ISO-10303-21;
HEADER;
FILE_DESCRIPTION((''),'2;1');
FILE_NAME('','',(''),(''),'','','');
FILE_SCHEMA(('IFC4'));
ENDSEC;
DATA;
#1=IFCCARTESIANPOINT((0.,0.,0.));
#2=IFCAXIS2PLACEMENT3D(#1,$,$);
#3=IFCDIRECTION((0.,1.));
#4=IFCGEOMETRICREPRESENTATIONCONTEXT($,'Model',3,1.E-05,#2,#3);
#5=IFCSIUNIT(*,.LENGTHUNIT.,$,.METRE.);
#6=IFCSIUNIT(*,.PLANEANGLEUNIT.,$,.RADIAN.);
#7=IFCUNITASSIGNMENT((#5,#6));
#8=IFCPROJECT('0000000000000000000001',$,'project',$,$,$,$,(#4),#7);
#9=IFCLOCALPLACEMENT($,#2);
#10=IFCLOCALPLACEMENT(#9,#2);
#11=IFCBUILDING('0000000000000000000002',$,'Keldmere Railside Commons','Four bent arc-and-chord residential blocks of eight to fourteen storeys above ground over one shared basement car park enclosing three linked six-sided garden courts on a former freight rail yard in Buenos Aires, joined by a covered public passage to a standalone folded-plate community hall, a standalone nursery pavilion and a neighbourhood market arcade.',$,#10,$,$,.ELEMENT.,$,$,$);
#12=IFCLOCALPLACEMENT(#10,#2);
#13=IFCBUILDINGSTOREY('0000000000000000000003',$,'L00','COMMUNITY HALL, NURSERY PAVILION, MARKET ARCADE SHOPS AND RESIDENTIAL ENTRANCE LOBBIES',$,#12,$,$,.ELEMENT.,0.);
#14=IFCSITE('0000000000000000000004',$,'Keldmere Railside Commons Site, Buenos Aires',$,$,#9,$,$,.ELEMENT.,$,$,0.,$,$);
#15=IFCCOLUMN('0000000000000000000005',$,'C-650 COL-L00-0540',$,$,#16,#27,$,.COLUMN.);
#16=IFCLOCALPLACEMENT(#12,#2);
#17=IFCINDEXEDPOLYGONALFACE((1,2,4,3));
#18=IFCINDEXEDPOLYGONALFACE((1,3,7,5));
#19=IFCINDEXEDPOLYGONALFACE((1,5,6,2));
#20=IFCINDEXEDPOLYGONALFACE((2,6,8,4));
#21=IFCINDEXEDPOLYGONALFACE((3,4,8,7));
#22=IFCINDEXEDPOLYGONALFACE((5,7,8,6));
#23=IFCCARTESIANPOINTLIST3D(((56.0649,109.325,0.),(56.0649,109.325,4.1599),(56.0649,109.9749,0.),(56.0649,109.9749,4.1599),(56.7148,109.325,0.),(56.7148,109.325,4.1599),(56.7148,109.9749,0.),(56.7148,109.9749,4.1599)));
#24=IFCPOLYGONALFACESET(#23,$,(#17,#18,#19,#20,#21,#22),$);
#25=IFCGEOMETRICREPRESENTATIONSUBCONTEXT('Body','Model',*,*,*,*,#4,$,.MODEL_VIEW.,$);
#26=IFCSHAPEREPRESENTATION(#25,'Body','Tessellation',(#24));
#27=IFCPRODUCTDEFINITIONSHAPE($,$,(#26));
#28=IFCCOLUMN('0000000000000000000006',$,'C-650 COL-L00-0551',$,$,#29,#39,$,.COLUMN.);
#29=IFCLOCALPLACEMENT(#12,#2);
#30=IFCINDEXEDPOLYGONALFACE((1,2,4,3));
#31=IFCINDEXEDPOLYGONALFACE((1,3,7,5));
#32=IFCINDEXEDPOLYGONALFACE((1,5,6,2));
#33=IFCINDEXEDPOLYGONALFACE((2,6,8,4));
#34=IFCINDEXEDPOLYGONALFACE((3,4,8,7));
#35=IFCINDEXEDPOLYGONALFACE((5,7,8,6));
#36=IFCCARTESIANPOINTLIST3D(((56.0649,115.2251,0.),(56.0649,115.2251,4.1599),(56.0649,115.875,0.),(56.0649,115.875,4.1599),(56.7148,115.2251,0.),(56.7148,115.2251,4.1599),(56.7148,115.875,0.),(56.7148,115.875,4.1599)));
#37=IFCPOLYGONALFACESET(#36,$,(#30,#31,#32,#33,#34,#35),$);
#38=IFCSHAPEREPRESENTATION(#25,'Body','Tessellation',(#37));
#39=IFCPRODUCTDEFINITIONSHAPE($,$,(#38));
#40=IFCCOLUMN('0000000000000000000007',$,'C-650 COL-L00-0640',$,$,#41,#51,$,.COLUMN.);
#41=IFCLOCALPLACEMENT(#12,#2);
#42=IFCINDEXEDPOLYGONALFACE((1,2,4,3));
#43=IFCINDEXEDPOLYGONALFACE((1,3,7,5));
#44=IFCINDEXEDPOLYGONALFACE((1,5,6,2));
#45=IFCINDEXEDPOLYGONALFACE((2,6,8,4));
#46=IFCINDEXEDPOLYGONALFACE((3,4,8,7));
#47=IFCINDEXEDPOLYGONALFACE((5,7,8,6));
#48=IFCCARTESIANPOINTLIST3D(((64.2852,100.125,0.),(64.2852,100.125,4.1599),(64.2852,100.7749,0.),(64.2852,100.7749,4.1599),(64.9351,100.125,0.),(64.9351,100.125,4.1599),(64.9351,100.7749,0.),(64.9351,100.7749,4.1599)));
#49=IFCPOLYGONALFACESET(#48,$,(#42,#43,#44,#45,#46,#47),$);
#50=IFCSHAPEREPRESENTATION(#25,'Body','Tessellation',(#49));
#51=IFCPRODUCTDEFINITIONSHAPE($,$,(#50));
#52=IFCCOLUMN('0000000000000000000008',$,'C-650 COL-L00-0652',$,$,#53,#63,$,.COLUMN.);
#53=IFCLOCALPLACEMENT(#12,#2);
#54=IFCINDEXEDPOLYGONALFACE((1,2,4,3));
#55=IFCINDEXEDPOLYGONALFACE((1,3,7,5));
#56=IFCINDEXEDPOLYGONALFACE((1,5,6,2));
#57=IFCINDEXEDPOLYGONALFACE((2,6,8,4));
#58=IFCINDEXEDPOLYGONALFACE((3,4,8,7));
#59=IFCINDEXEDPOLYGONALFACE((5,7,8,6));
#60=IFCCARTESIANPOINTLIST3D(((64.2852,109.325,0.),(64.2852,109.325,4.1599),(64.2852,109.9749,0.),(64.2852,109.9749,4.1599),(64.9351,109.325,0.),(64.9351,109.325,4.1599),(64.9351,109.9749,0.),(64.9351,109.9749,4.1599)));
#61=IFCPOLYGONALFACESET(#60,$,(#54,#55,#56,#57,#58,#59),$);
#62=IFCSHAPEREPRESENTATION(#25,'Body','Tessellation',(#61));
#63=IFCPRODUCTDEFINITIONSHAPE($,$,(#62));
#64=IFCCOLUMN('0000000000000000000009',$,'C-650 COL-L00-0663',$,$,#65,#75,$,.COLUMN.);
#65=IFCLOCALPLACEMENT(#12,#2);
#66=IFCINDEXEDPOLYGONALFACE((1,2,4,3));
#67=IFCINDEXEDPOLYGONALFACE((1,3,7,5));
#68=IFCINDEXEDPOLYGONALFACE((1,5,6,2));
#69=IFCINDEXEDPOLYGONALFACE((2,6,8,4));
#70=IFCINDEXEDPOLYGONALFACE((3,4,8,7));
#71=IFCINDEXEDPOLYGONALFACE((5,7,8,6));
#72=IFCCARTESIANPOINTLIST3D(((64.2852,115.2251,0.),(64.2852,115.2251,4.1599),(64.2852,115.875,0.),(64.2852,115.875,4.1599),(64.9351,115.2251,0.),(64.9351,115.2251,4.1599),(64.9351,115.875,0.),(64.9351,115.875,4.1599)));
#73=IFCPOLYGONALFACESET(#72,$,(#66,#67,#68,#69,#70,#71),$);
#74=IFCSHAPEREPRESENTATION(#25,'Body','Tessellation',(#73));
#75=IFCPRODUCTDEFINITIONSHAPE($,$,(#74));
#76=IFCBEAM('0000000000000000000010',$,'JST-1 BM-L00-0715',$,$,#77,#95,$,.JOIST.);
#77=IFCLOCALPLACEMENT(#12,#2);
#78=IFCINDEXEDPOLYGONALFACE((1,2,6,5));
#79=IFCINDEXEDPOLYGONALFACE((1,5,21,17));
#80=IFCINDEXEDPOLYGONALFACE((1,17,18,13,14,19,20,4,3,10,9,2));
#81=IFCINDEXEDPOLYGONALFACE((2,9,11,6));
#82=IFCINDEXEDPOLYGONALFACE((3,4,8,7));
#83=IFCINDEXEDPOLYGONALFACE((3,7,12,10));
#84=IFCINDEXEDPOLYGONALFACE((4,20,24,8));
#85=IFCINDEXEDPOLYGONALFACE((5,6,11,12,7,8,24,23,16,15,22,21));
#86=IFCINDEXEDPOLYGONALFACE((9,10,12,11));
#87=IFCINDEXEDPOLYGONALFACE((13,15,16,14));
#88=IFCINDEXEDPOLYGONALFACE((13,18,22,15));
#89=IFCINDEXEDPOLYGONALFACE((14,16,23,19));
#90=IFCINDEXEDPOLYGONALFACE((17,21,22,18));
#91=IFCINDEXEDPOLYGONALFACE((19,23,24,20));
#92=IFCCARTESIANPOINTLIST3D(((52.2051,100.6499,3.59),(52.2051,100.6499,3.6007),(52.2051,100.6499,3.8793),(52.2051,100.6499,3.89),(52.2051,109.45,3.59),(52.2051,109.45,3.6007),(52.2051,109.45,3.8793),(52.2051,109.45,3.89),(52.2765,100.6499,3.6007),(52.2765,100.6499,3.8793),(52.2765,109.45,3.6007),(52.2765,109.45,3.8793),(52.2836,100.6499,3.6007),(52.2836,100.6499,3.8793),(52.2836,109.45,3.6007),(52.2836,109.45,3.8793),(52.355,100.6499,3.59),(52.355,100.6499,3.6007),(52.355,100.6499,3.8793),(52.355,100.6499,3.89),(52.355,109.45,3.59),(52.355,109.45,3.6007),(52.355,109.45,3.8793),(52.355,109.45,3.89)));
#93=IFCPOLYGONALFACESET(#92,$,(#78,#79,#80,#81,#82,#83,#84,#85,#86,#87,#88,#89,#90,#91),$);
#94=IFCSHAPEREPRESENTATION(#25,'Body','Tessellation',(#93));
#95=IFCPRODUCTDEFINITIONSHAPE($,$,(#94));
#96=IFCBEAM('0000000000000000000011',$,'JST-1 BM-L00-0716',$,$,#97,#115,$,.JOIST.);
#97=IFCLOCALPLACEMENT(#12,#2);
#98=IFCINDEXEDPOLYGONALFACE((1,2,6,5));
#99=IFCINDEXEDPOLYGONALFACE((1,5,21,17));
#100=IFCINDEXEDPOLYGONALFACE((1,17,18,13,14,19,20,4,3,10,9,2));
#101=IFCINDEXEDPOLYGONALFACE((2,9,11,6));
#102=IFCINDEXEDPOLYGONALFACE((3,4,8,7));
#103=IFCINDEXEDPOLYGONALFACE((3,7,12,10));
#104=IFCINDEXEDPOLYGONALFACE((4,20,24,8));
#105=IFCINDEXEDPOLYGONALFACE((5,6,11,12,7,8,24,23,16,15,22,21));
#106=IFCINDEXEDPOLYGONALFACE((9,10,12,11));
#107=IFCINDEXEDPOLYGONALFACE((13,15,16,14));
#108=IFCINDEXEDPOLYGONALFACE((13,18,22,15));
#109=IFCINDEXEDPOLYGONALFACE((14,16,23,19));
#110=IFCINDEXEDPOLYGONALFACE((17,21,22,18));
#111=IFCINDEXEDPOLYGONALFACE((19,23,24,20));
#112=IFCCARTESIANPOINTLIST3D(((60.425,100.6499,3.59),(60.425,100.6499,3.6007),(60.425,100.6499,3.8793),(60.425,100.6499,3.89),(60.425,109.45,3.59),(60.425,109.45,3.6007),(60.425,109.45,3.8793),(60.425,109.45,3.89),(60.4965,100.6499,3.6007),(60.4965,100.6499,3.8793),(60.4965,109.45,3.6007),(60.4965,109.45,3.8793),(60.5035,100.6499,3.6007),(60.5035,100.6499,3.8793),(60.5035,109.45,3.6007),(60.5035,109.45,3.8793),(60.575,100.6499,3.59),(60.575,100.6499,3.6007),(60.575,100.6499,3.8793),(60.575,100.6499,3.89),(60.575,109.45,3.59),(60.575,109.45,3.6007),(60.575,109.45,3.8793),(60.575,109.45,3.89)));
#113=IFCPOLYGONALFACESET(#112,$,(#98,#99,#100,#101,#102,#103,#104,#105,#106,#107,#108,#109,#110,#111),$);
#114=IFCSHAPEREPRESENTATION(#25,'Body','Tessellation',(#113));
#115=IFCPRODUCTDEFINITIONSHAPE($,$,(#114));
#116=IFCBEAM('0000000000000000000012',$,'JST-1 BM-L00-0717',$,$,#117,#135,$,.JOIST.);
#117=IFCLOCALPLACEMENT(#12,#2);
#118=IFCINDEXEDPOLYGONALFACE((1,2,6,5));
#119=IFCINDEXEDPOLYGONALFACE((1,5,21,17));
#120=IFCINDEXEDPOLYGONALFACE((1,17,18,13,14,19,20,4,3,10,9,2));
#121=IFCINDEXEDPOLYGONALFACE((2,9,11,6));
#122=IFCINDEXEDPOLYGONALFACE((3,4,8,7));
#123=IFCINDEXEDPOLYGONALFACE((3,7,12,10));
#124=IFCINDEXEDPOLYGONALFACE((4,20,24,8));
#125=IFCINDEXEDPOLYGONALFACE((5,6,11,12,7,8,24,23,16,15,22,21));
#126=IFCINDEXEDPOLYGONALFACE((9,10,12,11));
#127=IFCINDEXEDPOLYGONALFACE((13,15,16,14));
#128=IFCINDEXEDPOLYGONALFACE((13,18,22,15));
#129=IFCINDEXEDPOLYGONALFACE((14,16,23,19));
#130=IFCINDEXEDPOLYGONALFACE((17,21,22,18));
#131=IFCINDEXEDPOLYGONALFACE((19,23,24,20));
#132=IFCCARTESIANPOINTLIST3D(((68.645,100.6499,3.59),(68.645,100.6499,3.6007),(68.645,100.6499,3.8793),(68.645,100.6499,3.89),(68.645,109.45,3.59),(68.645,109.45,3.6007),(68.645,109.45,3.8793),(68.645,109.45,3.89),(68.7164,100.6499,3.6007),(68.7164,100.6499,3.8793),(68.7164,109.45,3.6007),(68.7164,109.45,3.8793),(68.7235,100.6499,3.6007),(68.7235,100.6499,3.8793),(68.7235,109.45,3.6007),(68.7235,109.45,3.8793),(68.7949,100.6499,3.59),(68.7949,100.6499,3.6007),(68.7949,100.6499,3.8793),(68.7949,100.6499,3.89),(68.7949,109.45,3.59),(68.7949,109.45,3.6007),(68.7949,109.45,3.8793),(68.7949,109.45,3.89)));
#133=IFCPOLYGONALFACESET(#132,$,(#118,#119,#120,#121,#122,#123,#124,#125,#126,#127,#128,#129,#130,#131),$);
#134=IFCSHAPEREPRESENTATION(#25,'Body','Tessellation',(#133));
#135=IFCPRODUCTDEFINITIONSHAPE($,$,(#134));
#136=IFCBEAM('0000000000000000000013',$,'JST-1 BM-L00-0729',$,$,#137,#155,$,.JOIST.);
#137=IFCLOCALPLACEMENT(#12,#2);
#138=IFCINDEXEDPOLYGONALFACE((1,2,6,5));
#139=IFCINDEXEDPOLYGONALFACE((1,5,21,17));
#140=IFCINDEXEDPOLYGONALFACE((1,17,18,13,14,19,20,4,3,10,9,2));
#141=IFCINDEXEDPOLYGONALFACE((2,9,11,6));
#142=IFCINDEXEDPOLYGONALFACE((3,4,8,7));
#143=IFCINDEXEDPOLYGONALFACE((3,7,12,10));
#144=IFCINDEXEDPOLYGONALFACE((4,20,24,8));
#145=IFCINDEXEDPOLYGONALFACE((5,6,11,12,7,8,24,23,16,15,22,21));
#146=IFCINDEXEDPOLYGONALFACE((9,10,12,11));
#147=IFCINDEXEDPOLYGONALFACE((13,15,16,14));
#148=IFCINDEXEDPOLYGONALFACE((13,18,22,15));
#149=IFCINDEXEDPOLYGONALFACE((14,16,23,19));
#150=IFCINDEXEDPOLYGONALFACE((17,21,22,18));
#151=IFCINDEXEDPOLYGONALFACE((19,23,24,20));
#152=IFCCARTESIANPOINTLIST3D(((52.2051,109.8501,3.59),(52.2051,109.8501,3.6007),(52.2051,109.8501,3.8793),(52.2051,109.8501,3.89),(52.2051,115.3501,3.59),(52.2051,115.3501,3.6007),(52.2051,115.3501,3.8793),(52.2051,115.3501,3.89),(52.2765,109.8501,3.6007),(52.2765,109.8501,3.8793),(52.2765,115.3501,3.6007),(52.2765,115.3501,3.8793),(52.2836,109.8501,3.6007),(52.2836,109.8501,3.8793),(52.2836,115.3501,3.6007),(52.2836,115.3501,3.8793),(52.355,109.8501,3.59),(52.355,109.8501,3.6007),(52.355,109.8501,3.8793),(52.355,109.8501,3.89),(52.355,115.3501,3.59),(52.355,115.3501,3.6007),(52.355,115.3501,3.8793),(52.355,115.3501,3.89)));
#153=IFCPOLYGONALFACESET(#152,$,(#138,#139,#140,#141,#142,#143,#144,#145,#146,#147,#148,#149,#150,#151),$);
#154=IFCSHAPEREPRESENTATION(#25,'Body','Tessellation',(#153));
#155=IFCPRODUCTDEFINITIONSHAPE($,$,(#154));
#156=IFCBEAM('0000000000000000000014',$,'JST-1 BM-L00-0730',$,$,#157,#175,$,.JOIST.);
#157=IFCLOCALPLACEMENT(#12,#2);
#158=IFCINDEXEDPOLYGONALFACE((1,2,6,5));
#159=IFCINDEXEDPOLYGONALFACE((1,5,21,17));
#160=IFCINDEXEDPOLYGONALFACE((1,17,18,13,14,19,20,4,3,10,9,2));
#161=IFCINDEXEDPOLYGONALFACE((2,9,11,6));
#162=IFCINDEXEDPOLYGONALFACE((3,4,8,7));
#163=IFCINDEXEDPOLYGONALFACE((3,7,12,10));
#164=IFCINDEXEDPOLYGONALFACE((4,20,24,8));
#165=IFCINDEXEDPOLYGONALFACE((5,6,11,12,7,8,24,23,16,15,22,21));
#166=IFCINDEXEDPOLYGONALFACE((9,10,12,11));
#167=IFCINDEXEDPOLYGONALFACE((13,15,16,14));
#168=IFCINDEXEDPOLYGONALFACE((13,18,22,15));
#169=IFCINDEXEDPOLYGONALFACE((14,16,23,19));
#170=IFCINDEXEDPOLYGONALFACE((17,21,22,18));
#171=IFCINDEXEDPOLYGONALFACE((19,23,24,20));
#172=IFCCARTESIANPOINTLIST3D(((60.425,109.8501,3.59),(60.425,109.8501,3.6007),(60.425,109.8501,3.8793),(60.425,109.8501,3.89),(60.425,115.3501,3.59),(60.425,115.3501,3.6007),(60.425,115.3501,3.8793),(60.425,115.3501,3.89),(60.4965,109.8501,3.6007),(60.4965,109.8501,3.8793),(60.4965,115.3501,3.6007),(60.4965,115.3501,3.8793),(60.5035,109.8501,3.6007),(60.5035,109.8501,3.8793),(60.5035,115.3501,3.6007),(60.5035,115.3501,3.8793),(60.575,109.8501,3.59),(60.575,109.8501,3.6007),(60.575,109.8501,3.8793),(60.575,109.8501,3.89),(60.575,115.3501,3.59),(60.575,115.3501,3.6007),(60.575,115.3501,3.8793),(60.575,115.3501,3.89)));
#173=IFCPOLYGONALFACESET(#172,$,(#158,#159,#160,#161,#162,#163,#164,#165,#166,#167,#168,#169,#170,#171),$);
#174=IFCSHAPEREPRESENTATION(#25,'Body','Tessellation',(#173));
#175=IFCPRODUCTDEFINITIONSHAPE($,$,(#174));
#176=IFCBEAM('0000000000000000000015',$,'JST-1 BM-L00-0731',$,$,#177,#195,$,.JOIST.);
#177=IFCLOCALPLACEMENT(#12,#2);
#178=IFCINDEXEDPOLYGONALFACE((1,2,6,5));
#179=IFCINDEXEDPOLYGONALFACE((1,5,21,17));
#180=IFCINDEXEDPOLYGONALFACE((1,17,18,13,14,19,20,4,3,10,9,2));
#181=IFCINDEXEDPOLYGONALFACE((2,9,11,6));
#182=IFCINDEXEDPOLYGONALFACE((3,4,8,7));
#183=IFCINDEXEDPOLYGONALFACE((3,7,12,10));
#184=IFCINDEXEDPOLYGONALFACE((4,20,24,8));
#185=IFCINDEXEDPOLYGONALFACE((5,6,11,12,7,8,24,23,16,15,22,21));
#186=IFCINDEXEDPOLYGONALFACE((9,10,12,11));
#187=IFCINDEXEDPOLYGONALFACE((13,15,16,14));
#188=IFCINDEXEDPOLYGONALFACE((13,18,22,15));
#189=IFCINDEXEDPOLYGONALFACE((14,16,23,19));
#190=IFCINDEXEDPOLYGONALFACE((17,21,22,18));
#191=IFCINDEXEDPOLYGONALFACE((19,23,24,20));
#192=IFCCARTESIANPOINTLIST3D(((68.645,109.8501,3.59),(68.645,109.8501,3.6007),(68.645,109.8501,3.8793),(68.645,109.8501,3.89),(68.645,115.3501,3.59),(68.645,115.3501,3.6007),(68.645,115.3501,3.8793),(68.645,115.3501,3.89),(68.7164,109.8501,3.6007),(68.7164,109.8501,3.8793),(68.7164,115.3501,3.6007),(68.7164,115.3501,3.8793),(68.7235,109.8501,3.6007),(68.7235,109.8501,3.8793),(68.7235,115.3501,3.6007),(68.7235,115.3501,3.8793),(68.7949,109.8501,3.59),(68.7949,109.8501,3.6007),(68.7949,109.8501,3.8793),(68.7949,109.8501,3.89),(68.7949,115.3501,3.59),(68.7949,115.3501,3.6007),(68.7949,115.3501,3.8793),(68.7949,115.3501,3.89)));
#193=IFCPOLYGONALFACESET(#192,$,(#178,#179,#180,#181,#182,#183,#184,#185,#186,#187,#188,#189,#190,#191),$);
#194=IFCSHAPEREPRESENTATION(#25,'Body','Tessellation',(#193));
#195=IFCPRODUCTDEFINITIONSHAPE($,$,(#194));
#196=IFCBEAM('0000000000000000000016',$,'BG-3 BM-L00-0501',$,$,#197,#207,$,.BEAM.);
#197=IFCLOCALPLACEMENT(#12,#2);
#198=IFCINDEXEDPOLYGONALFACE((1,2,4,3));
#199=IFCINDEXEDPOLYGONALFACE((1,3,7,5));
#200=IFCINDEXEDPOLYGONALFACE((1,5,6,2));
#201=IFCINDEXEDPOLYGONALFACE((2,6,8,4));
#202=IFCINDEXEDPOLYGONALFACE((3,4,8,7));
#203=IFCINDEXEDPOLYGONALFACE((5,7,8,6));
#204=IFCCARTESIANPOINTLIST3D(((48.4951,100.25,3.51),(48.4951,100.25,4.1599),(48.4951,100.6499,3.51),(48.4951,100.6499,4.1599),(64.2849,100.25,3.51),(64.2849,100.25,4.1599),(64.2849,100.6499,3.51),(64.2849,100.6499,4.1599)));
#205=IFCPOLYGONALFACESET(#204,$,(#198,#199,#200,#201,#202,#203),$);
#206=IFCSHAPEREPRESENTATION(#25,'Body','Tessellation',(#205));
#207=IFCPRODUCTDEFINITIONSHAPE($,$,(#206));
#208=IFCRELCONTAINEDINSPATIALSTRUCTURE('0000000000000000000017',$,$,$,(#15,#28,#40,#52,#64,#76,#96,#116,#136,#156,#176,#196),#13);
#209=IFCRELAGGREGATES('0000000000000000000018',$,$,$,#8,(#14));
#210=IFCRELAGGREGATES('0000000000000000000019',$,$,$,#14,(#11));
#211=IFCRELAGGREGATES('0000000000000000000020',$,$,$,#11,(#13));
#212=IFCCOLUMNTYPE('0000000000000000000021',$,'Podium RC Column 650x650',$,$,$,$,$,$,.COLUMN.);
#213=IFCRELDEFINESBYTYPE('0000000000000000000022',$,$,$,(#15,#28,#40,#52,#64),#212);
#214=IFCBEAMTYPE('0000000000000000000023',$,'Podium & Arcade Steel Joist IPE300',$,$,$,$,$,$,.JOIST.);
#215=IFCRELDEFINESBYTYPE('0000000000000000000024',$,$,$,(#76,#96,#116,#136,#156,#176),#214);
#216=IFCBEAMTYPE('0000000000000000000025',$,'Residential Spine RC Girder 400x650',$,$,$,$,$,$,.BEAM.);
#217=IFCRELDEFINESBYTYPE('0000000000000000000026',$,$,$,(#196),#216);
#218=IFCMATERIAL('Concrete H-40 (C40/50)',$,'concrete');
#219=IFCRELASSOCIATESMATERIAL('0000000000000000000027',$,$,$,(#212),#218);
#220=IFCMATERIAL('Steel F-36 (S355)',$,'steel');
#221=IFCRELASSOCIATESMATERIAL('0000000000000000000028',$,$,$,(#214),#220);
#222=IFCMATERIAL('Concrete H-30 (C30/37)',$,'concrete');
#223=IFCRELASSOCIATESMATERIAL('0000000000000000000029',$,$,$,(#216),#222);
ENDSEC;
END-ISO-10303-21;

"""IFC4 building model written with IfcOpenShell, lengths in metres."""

from ifc_helpers import new_model, si_unit, direction, frame, origin, origin_2d, place, context, subcontext, project, spatial, rectangle, i_section, extrude, material, material_profile, profile_set, type_object, element, save


model = new_model("IFC4")

# Units and contexts
model_context = context("Model", 3, precision=1e-05, world=origin(), true_north=direction((0.0, 1.0)))
body_context = subcontext(model_context, "Body", "Model", "MODEL_VIEW")
ifc_project = project(units=[si_unit("LENGTHUNIT", "METRE"), si_unit("PLANEANGLEUNIT", "RADIAN")], contexts=[model_context])

# Site, building, storey
site_placement = place(None, origin())
site = spatial("IfcSite", under=ifc_project, at=site_placement, Name="Keldmere Railside Commons Site, Buenos Aires", CompositionType="ELEMENT", RefElevation=0.0)
building_placement = place(site_placement, origin())
building = spatial("IfcBuilding", under=site, at=building_placement, Name="Keldmere Railside Commons", Description="Four bent arc-and-chord residential blocks of eight to fourteen storeys above ground over one shared basement car park enclosing three linked six-sided garden courts on a former freight rail yard in Buenos Aires, joined by a covered public passage to a standalone folded-plate community hall, a standalone nursery pavilion and a neighbourhood market arcade.", CompositionType="ELEMENT")
storey_placement = place(building_placement, origin())
storey = spatial("IfcBuildingStorey", under=building, at=storey_placement, Name="L00", Description="COMMUNITY HALL, NURSERY PAVILION, MARKET ARCADE SHOPS AND RESIDENTIAL ENTRANCE LOBBIES", CompositionType="ELEMENT", Elevation=0.0)

# Columns
ifc_material_1 = material(Name="Concrete H-40 (C40/50)", Category="concrete")
ifc_material_profile_1 = material_profile(ifc_material_1, rectangle(XDim=0.6499, YDim=0.6499, at=origin_2d()), Name="RC-650x650")
ifc_profile_set_1 = profile_set([ifc_material_profile_1], Name="Concrete H-40 (C40/50)")
column_type = type_object("IfcColumnType", Name="Podium RC Column 650x650", PredefinedType="COLUMN", material=ifc_profile_set_1)
for number, where, z_axis, x_axis, name in (
    (1, (56.3899, 109.6499, 0.0), (0.0, 0.0, 1.0), (1.0, 0.0, 0.0), "C-650 COL-L00-0540"),
    (2, (56.3899, 115.55, 0.0), (0.0, 0.0, 1.0), (1.0, 0.0, 0.0), "C-650 COL-L00-0551"),
    (3, (64.6101, 100.45, 0.0), (0.0, 0.0, 1.0), (1.0, 0.0, 0.0), "C-650 COL-L00-0640"),
    (4, (64.6101, 109.6499, 0.0), (0.0, 0.0, 1.0), (1.0, 0.0, 0.0), "C-650 COL-L00-0652"),
    (5, (64.6101, 115.55, 0.0), (0.0, 0.0, 1.0), (1.0, 0.0, 0.0), "C-650 COL-L00-0663"),
):
    element("IfcColumn", number, at=place(storey_placement, frame(where, z_axis=z_axis, x_axis=x_axis)), inside=storey, type_object=column_type, Name=name, PredefinedType="COLUMN", context=body_context, shape_type="SweptSolid", body=[
        extrude(rectangle(XDim=0.6499, YDim=0.6499, at=origin_2d()), origin(), (0.0, 0.0, 1.0), 4.1599),
    ])

# Beams
ifc_material_2 = material(Name="Steel F-36 (S355)", Category="steel")
ifc_material_profile_2 = material_profile(ifc_material_2, i_section(OverallWidth=0.1499, OverallDepth=0.3, WebThickness=0.0071, FlangeThickness=0.0107, at=origin_2d()), Name="IPE-300")
ifc_profile_set_2 = profile_set([ifc_material_profile_2], Name="Steel F-36 (S355)")
beam_type_1 = type_object("IfcBeamType", Name="Podium & Arcade Steel Joist IPE300", PredefinedType="JOIST", material=ifc_profile_set_2)
for number, where, z_axis, x_axis, name in (
    (6, (52.28, 100.6499, 3.74), (0.0, 1.0, 0.0), (-1.0, 0.0, 0.0), "JST-1 BM-L00-0715"),
    (7, (60.5, 100.6499, 3.74), (0.0, 1.0, 0.0), (-1.0, 0.0, 0.0), "JST-1 BM-L00-0716"),
    (8, (68.72, 100.6499, 3.74), (0.0, 1.0, 0.0), (-1.0, 0.0, 0.0), "JST-1 BM-L00-0717"),
):
    element("IfcBeam", number, at=place(storey_placement, frame(where, z_axis=z_axis, x_axis=x_axis)), inside=storey, type_object=beam_type_1, Name=name, PredefinedType="JOIST", context=body_context, shape_type="SweptSolid", body=[
        extrude(i_section(OverallWidth=0.1499, OverallDepth=0.3, WebThickness=0.0071, FlangeThickness=0.0107, at=origin_2d()), origin(), (0.0, 0.0, 1.0), 8.8),
    ])
for number, where, z_axis, x_axis, name in (
    (9, (52.28, 109.8501, 3.74), (0.0, 1.0, 0.0), (-1.0, 0.0, 0.0), "JST-1 BM-L00-0729"),
    (10, (60.5, 109.8501, 3.74), (0.0, 1.0, 0.0), (-1.0, 0.0, 0.0), "JST-1 BM-L00-0730"),
    (11, (68.72, 109.8501, 3.74), (0.0, 1.0, 0.0), (-1.0, 0.0, 0.0), "JST-1 BM-L00-0731"),
):
    element("IfcBeam", number, at=place(storey_placement, frame(where, z_axis=z_axis, x_axis=x_axis)), inside=storey, type_object=beam_type_1, Name=name, PredefinedType="JOIST", context=body_context, shape_type="SweptSolid", body=[
        extrude(i_section(OverallWidth=0.1499, OverallDepth=0.3, WebThickness=0.0071, FlangeThickness=0.0107, at=origin_2d()), origin(), (0.0, 0.0, 1.0), 5.5),
    ])
ifc_material_3 = material(Name="Concrete H-30 (C30/37)", Category="concrete")
ifc_material_profile_3 = material_profile(ifc_material_3, rectangle(XDim=0.3999, YDim=0.6499, at=origin_2d()), Name="RC-400x650")
ifc_profile_set_3 = profile_set([ifc_material_profile_3], Name="Concrete H-30 (C30/37)")
beam_type_2 = type_object("IfcBeamType", Name="Residential Spine RC Girder 400x650", PredefinedType="BEAM", material=ifc_profile_set_3)
beam_1_placement = place(storey_placement, frame((48.4951, 100.45, 3.835), z_axis=(1.0, 0.0, 0.0), x_axis=(0.0, 1.0, 0.0)))
element("IfcBeam", 12, at=beam_1_placement, inside=storey, type_object=beam_type_2, Name="BG-3 BM-L00-0501", PredefinedType="BEAM", context=body_context, shape_type="SweptSolid", body=[
    extrude(rectangle(XDim=0.3999, YDim=0.6499, at=origin_2d()), origin(), (0.0, 0.0, 1.0), 15.7898),
])

save(model, "model.ifc")
